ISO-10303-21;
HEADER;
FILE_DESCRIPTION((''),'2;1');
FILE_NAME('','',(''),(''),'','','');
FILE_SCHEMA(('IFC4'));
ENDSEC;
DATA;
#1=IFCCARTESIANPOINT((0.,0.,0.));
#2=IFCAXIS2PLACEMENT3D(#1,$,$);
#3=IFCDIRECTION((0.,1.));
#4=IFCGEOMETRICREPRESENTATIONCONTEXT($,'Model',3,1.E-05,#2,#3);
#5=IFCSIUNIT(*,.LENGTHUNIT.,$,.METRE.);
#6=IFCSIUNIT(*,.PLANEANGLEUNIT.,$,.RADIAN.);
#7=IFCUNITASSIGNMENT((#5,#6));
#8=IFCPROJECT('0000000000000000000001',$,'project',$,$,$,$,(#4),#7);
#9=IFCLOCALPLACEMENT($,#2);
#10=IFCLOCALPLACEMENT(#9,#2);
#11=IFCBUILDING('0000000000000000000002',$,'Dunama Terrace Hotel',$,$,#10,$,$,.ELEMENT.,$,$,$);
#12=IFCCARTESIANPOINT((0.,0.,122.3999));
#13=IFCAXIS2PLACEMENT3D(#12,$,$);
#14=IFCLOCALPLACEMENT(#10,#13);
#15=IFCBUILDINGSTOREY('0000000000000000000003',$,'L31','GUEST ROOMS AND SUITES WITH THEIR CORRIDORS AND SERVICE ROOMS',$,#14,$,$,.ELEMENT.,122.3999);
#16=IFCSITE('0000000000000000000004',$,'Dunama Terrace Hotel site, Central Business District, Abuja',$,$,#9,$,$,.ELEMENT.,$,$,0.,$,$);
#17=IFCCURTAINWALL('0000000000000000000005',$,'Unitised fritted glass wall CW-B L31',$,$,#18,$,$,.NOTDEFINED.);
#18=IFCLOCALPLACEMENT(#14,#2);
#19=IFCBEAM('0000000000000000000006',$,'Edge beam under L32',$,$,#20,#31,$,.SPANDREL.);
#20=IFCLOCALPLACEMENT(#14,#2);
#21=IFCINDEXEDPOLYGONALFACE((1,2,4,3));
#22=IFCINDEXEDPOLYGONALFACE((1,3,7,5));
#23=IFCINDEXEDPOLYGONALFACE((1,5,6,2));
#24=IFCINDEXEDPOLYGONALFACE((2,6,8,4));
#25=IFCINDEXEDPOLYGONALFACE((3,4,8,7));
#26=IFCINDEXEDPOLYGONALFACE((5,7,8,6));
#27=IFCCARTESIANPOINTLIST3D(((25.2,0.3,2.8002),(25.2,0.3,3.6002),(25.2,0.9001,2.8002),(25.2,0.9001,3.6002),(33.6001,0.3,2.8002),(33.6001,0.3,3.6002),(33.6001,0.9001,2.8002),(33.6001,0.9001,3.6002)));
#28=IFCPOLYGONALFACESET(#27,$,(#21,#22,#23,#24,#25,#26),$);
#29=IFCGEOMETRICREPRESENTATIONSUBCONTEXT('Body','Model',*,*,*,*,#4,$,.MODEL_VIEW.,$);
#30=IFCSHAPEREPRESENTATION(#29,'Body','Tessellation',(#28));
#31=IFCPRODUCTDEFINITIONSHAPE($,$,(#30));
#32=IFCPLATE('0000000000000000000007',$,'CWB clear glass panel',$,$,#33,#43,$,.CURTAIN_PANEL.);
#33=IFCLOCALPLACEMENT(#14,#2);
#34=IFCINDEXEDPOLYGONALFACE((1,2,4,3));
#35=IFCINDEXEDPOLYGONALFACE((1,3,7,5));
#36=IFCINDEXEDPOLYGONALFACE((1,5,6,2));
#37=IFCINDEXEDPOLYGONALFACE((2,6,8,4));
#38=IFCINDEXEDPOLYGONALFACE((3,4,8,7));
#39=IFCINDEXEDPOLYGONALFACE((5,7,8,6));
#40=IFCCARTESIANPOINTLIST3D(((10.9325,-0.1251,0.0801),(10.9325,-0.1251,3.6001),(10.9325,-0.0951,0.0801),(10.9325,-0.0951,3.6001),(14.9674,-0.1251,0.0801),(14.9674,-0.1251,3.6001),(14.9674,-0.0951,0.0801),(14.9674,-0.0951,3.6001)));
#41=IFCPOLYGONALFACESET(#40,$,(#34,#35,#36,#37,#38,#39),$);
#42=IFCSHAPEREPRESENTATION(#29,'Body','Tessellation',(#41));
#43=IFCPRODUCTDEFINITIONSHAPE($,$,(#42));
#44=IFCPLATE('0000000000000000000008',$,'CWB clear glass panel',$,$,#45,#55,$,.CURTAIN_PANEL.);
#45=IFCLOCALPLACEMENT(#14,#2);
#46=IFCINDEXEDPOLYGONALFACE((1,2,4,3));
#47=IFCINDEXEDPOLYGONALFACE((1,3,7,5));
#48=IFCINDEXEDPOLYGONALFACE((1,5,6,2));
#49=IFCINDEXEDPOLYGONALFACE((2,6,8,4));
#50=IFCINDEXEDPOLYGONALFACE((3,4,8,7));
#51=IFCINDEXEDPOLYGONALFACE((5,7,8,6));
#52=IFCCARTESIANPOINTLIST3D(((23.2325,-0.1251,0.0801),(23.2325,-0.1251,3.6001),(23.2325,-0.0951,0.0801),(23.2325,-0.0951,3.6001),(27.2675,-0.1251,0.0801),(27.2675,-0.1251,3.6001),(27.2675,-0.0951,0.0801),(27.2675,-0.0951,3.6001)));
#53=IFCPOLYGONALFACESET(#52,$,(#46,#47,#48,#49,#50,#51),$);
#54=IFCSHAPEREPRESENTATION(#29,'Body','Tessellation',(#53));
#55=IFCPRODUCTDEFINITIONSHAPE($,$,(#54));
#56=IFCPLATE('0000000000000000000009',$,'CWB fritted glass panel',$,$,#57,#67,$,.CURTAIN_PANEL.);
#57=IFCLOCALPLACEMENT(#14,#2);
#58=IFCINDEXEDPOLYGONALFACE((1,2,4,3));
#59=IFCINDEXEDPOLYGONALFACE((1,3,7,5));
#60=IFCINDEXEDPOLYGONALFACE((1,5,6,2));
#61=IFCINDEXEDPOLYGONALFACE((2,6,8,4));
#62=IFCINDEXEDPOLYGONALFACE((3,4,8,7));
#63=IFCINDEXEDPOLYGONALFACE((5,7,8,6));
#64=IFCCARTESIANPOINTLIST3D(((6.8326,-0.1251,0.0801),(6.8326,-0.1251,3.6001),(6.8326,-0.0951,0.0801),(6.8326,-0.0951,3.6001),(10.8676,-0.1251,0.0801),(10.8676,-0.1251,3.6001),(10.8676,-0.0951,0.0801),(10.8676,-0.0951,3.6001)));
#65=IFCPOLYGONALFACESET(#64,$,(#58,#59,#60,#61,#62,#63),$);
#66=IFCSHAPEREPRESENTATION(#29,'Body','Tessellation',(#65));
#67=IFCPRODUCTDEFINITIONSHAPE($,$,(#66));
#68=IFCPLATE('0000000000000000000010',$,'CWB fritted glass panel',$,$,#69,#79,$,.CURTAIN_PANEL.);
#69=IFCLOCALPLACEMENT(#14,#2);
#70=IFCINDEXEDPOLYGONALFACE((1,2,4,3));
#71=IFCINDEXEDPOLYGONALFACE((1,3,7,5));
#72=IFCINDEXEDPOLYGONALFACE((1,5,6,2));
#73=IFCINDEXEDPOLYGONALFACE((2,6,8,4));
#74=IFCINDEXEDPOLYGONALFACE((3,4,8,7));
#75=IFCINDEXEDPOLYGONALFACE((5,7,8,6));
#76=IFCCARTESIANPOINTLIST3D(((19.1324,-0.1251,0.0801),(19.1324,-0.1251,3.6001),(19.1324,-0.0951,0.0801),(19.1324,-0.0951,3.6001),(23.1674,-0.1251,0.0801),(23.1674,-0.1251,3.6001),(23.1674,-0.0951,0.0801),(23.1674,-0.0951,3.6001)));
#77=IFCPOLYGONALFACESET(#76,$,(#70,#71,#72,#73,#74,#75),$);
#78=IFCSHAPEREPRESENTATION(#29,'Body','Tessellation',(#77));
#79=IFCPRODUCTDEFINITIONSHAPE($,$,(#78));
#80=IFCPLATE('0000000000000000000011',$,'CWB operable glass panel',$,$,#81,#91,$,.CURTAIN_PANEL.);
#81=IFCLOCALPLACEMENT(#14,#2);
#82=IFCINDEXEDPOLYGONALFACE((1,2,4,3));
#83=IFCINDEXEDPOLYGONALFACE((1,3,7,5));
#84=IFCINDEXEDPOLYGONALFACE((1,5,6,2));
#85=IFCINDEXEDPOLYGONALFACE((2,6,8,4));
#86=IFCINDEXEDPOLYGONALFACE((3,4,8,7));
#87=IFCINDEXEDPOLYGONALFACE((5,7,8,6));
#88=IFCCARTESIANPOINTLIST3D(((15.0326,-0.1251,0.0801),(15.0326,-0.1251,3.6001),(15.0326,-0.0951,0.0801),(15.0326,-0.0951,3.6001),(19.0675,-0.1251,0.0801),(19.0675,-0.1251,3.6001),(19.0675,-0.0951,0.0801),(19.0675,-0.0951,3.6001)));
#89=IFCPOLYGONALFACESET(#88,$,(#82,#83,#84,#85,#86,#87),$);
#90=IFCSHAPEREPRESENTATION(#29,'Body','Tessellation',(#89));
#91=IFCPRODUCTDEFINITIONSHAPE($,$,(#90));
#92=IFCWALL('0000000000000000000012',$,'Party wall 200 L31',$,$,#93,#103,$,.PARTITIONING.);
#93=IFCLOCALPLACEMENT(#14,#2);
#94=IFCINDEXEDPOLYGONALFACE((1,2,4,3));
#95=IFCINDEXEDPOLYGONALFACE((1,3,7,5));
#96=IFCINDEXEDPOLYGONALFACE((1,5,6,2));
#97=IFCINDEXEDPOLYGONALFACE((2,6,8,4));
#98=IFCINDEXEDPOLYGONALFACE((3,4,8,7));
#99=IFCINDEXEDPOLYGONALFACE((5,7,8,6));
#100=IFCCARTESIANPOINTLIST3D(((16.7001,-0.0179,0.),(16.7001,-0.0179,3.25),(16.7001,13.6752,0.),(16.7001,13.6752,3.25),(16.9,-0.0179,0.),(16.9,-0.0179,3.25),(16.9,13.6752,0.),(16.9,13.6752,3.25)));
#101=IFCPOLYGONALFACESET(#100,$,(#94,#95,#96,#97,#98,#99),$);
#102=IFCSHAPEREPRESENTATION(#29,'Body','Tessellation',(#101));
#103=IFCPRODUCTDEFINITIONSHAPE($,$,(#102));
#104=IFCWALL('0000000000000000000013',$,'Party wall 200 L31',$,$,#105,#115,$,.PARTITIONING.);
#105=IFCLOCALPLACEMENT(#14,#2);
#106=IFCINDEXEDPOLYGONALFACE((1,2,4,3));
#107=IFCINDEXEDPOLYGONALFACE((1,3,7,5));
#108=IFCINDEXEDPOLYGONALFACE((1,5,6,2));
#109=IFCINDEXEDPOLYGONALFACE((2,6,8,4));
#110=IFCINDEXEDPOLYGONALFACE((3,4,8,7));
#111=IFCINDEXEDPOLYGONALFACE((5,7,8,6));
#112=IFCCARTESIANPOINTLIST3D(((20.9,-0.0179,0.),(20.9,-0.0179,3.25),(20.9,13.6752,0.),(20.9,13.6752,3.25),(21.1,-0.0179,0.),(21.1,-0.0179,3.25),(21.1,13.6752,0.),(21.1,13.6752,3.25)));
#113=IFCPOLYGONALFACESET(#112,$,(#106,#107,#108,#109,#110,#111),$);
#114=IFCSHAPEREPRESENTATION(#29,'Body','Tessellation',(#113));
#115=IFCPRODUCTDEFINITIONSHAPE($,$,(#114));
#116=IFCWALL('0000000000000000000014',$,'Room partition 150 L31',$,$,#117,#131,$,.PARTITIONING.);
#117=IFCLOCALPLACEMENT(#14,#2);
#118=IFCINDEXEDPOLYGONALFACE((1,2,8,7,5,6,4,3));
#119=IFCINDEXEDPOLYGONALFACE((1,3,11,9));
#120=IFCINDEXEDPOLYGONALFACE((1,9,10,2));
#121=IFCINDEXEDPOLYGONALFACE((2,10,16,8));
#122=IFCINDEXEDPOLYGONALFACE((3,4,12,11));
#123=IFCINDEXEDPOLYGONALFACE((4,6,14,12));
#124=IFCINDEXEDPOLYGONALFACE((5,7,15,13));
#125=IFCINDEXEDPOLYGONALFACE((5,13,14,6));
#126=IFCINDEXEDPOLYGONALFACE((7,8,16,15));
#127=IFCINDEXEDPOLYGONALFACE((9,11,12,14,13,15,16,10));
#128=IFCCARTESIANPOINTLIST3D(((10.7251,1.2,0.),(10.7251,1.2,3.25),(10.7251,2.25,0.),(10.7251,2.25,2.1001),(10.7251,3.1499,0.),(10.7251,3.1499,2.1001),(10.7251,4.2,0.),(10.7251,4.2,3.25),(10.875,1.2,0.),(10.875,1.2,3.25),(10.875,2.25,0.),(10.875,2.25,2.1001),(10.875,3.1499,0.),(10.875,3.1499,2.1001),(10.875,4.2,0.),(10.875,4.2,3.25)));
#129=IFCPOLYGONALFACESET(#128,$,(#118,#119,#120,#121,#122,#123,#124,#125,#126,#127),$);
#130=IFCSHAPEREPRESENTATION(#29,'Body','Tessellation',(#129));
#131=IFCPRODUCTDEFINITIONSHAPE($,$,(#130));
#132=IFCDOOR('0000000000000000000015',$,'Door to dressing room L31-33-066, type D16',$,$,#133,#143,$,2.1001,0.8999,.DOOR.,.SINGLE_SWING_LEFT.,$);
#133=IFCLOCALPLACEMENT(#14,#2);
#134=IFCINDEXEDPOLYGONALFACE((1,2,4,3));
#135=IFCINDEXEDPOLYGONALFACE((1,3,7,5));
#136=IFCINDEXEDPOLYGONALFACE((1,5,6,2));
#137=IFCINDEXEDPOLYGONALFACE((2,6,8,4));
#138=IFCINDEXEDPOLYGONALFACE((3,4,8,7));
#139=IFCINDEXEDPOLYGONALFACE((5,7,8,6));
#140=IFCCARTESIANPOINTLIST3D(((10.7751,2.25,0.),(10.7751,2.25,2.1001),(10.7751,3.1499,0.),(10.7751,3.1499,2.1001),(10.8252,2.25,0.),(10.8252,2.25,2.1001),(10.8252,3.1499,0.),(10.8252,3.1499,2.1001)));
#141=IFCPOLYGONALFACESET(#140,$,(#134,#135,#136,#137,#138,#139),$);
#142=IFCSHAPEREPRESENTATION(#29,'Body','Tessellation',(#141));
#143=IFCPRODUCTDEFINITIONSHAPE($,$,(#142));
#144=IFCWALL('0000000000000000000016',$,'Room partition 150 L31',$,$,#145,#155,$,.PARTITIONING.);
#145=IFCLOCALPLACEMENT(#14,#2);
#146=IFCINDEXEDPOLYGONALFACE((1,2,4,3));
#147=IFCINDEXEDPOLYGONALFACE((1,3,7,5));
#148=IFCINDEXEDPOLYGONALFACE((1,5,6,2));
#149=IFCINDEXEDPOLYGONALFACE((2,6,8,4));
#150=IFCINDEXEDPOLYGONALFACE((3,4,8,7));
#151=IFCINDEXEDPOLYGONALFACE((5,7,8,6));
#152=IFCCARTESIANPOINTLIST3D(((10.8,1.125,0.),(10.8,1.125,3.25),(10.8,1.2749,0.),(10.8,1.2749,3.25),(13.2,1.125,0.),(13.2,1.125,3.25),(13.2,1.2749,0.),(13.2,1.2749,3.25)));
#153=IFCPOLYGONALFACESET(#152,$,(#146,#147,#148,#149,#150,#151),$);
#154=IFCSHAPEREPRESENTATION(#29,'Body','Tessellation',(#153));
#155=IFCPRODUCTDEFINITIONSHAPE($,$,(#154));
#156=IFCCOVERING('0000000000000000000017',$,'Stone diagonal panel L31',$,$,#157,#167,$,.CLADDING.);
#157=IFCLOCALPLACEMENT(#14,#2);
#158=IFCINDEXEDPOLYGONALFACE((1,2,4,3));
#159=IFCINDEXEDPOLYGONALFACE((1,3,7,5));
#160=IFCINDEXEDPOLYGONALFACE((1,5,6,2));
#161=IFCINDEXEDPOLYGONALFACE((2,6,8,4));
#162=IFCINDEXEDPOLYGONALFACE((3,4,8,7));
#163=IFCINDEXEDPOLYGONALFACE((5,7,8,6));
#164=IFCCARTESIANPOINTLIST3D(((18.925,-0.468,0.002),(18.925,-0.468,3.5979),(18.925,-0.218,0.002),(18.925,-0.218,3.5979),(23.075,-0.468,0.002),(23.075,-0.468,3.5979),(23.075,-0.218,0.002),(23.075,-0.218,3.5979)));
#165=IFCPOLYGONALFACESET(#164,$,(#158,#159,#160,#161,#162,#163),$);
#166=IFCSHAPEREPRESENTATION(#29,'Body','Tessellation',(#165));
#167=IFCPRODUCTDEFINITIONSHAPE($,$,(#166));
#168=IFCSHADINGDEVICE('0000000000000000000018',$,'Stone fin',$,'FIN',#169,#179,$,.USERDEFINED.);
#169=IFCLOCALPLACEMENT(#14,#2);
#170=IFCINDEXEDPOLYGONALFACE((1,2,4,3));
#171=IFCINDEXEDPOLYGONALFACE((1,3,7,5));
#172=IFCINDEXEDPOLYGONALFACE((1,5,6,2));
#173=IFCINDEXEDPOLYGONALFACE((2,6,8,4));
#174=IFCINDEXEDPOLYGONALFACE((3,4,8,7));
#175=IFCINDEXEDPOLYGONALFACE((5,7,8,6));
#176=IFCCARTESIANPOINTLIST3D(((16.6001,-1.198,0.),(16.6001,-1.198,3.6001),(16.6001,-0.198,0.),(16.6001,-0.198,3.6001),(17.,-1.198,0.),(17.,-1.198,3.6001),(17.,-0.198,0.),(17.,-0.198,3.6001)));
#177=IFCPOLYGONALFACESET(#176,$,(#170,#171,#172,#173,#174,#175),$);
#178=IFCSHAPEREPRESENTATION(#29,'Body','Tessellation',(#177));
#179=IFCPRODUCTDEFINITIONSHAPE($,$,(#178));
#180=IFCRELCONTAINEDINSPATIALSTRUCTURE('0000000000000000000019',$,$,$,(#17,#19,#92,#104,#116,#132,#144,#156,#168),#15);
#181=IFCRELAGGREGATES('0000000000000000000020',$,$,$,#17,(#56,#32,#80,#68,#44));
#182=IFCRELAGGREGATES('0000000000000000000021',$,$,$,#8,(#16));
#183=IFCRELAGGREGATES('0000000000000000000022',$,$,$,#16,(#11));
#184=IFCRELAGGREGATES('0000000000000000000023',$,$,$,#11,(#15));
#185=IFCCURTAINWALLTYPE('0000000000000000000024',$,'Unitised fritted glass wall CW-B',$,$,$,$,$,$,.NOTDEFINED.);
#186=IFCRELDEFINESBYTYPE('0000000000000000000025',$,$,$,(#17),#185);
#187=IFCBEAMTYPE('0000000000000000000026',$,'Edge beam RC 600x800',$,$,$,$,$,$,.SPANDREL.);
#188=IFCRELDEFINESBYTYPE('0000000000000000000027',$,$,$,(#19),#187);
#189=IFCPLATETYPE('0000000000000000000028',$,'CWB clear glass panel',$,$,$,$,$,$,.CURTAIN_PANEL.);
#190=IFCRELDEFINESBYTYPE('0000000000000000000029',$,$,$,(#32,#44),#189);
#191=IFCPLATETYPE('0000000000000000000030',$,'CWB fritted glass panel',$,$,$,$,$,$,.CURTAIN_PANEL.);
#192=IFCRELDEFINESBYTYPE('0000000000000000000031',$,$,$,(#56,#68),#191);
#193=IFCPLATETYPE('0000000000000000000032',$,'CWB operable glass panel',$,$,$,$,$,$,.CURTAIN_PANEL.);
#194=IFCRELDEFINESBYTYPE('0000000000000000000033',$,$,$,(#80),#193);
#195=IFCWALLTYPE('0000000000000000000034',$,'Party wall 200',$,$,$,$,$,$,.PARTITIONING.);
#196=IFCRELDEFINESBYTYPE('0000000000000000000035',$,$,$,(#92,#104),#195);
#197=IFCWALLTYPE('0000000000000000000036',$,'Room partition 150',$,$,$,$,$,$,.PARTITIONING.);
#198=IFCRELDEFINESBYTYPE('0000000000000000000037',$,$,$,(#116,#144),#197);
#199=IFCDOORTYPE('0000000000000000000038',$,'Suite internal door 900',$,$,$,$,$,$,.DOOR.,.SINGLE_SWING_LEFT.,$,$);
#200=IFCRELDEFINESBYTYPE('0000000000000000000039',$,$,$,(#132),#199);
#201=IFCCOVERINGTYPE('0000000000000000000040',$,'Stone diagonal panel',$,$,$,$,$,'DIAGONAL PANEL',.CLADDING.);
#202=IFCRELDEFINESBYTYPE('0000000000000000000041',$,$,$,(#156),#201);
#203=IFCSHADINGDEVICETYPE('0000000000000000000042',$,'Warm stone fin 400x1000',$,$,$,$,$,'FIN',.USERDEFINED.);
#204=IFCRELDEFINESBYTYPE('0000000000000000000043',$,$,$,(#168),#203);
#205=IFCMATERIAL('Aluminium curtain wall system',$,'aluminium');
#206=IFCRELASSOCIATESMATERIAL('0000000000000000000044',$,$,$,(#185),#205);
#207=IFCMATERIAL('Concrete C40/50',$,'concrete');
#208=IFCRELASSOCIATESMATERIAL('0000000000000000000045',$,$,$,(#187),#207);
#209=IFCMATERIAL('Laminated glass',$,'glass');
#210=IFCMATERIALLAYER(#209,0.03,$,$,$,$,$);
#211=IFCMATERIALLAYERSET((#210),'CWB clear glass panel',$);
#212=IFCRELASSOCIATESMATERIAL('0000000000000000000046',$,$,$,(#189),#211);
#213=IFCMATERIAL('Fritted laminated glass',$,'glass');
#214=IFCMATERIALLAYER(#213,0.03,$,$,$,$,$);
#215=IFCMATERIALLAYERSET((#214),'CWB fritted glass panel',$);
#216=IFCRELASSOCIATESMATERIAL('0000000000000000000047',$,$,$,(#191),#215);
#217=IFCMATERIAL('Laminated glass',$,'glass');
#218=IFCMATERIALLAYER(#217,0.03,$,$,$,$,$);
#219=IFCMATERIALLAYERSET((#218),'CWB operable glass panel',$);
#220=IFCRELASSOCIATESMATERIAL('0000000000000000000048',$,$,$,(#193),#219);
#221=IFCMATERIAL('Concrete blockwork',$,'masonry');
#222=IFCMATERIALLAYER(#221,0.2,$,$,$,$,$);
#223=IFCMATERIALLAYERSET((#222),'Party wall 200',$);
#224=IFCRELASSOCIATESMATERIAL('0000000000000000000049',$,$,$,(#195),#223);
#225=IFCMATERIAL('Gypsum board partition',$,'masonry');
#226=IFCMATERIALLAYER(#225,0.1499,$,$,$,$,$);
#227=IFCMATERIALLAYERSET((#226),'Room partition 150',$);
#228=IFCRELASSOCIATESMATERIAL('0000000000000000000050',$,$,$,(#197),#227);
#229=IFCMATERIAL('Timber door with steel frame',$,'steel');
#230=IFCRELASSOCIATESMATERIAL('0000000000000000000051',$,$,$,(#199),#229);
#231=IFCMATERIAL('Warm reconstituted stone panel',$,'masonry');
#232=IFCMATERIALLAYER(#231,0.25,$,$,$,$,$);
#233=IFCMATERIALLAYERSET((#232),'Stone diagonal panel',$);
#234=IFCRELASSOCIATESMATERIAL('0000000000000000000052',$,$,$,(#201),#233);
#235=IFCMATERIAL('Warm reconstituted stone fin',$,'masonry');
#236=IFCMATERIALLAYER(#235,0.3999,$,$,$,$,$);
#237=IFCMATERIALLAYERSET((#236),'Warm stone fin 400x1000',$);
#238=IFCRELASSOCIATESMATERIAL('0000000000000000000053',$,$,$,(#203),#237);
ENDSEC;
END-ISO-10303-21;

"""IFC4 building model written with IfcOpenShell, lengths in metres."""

from ifc_helpers import new_model, si_unit, direction, frame, frame_2d, origin, origin_2d, place, context, subcontext, project, spatial, rectangle, extrude, material, layer, layer_set, material_profile, profile_set, type_object, element, fill, aggregate, save


model = new_model("IFC4")

# Units and contexts
model_context = context("Model", 3, precision=1e-05, world=origin(), true_north=direction((0.0, 1.0)))
body_context = subcontext(model_context, "Body", "Model", "MODEL_VIEW")
ifc_project = project(units=[si_unit("LENGTHUNIT", "METRE"), si_unit("PLANEANGLEUNIT", "RADIAN")], contexts=[model_context])

# Site, building, storey
site_placement = place(None, origin())
site = spatial("IfcSite", under=ifc_project, at=site_placement, Name="Dunama Terrace Hotel site, Central Business District, Abuja", CompositionType="ELEMENT", RefElevation=0.0)
building_placement = place(site_placement, origin())
building = spatial("IfcBuilding", under=site, at=building_placement, Name="Dunama Terrace Hotel", CompositionType="ELEMENT")
storey_placement = place(building_placement, frame((0.0, 0.0, 122.3999)))
storey = spatial("IfcBuildingStorey", under=building, at=storey_placement, Name="L31", Description="GUEST ROOMS AND SUITES WITH THEIR CORRIDORS AND SERVICE ROOMS", CompositionType="ELEMENT", Elevation=122.3999)

# Curtain wall
ifc_material_1 = material(Name="Aluminium curtain wall system", Category="aluminium")
curtain_wall_type = type_object("IfcCurtainWallType", Name="Unitised fritted glass wall CW-B", PredefinedType="NOTDEFINED", material=ifc_material_1)
curtain_wall_placement = place(storey_placement, origin())
curtain_wall = element("IfcCurtainWall", 1, at=curtain_wall_placement, inside=storey, type_object=curtain_wall_type, Name="Unitised fritted glass wall CW-B L31", PredefinedType="NOTDEFINED")

# Beam
ifc_material_2 = material(Name="Concrete C40/50", Category="concrete")
ifc_material_profile_1 = material_profile(ifc_material_2, rectangle(XDim=0.6001, YDim=0.8, at=origin_2d()), Name="RC 600x800")
ifc_profile_set_1 = profile_set([ifc_material_profile_1], Name="Concrete C40/50")
beam_type_1 = type_object("IfcBeamType", Name="Edge beam RC 600x800", PredefinedType="SPANDREL", material=ifc_profile_set_1)
beam_1_placement = place(storey_placement, frame((25.2, 0.6001, 3.2002), z_axis=(1.0, 0.0, 0.0), x_axis=(0.0, 1.0, 0.0)))
element("IfcBeam", 2, at=beam_1_placement, inside=storey, type_object=beam_type_1, Name="Edge beam under L32", PredefinedType="SPANDREL", context=body_context, shape_type="SweptSolid", body=[
    extrude(rectangle(XDim=0.6001, YDim=0.8, at=origin_2d()), origin(), (0.0, 0.0, 1.0), 8.4001),
])

# Plates
ifc_material_3 = material(Name="Laminated glass", Category="glass")
ifc_layer_1 = layer(ifc_material_3, 0.03)
ifc_layer_set_1 = layer_set([ifc_layer_1], Name="CWB clear glass panel")
plate_type_1 = type_object("IfcPlateType", Name="CWB clear glass panel", PredefinedType="CURTAIN_PANEL", material=ifc_layer_set_1)
plate_1_placement = place(storey_placement, frame((12.95, -0.1101, 0.0801), z_axis=(0.0, 0.0, 1.0), x_axis=(1.0, 0.0, 0.0)))
plate_1 = element("IfcPlate", 3, at=plate_1_placement, type_object=plate_type_1, Name="CWB clear glass panel", PredefinedType="CURTAIN_PANEL", context=body_context, shape_type="SweptSolid", body=[
    extrude(rectangle(XDim=4.0349, YDim=0.03, at=origin_2d()), origin(), (0.0, 0.0, 1.0), 3.52),
])
plate_2_placement = place(storey_placement, frame((25.25, -0.1101, 0.0801), z_axis=(0.0, 0.0, 1.0), x_axis=(1.0, 0.0, 0.0)))
plate_2 = element("IfcPlate", 4, at=plate_2_placement, type_object=plate_type_1, Name="CWB clear glass panel", PredefinedType="CURTAIN_PANEL", context=body_context, shape_type="SweptSolid", body=[
    extrude(rectangle(XDim=4.0349, YDim=0.03, at=origin_2d()), origin(), (0.0, 0.0, 1.0), 3.52),
])
ifc_material_4 = material(Name="Fritted laminated glass", Category="glass")
ifc_layer_2 = layer(ifc_material_4, 0.03)
ifc_layer_set_2 = layer_set([ifc_layer_2], Name="CWB fritted glass panel")
plate_type_2 = type_object("IfcPlateType", Name="CWB fritted glass panel", PredefinedType="CURTAIN_PANEL", material=ifc_layer_set_2)
plate_3_placement = place(storey_placement, frame((8.8501, -0.1101, 0.0801), z_axis=(0.0, 0.0, 1.0), x_axis=(1.0, 0.0, 0.0)))
plate_3 = element("IfcPlate", 5, at=plate_3_placement, type_object=plate_type_2, Name="CWB fritted glass panel", PredefinedType="CURTAIN_PANEL", context=body_context, shape_type="SweptSolid", body=[
    extrude(rectangle(XDim=4.0349, YDim=0.03, at=origin_2d()), origin(), (0.0, 0.0, 1.0), 3.52),
])
plate_4_placement = place(storey_placement, frame((21.1499, -0.1101, 0.0801), z_axis=(0.0, 0.0, 1.0), x_axis=(1.0, 0.0, 0.0)))
plate_4 = element("IfcPlate", 6, at=plate_4_placement, type_object=plate_type_2, Name="CWB fritted glass panel", PredefinedType="CURTAIN_PANEL", context=body_context, shape_type="SweptSolid", body=[
    extrude(rectangle(XDim=4.0349, YDim=0.03, at=origin_2d()), origin(), (0.0, 0.0, 1.0), 3.52),
])
ifc_material_5 = material(Name="Laminated glass", Category="glass")
ifc_layer_3 = layer(ifc_material_5, 0.03)
ifc_layer_set_3 = layer_set([ifc_layer_3], Name="CWB operable glass panel")
plate_type_3 = type_object("IfcPlateType", Name="CWB operable glass panel", PredefinedType="CURTAIN_PANEL", material=ifc_layer_set_3)
plate_5_placement = place(storey_placement, frame((17.05, -0.1101, 0.0801), z_axis=(0.0, 0.0, 1.0), x_axis=(1.0, 0.0, 0.0)))
plate_5 = element("IfcPlate", 7, at=plate_5_placement, type_object=plate_type_3, Name="CWB operable glass panel", PredefinedType="CURTAIN_PANEL", context=body_context, shape_type="SweptSolid", body=[
    extrude(rectangle(XDim=4.0349, YDim=0.03, at=origin_2d()), origin(), (0.0, 0.0, 1.0), 3.52),
])
aggregate(curtain_wall, [plate_3, plate_1, plate_5, plate_4, plate_2])

# Walls
ifc_material_6 = material(Name="Concrete blockwork", Category="masonry")
ifc_layer_4 = layer(ifc_material_6, 0.2)
ifc_layer_set_4 = layer_set([ifc_layer_4], Name="Party wall 200")
wall_type_1 = type_object("IfcWallType", Name="Party wall 200", PredefinedType="PARTITIONING", material=ifc_layer_set_4)
for number, where, z_axis, x_axis, name in (
    (8, (16.8, -0.0181, 0.0), (0.0, 0.0, 1.0), (0.0, 1.0, 0.0), "Party wall 200 L31"),
    (9, (21.0, -0.0181, 0.0), (0.0, 0.0, 1.0), (0.0, 1.0, 0.0), "Party wall 200 L31"),
):
    element("IfcWall", number, at=place(storey_placement, frame(where, z_axis=z_axis, x_axis=x_axis)), inside=storey, type_object=wall_type_1, Name=name, PredefinedType="PARTITIONING", context=body_context, shape_type="SweptSolid", body=[
        extrude(rectangle(XDim=13.6931, YDim=0.2, at=frame_2d((6.8467, 0.0))), origin(), (0.0, 0.0, 1.0), 3.25),
    ])

# Wall, opening, door
ifc_material_7 = material(Name="Gypsum board partition", Category="masonry")
ifc_layer_5 = layer(ifc_material_7, 0.1499)
ifc_layer_set_5 = layer_set([ifc_layer_5], Name="Room partition 150")
wall_type_2 = type_object("IfcWallType", Name="Room partition 150", PredefinedType="PARTITIONING", material=ifc_layer_set_5)
wall_1_placement = place(storey_placement, frame((10.8, 1.2, 0.0), z_axis=(0.0, 0.0, 1.0), x_axis=(0.0, 1.0, 0.0)))
wall_1 = element("IfcWall", 10, at=wall_1_placement, inside=storey, type_object=wall_type_2, Name="Room partition 150 L31", PredefinedType="PARTITIONING", context=body_context, shape_type="SweptSolid", body=[
    extrude(rectangle(XDim=3.0, YDim=0.1499, at=frame_2d((1.5, 0.0))), origin(), (0.0, 0.0, 1.0), 3.25),
])
opening_placement = place(wall_1_placement, frame((1.05, 0.0, 0.0)))
opening = element("IfcOpeningElement", 11, at=opening_placement, cuts=wall_1, PredefinedType="OPENING", context=body_context, shape_type="SweptSolid", body=[
    extrude(rectangle(XDim=0.8999, YDim=2.1001, at=frame_2d((0.45, 1.05))), frame((0.0, 0.085, 0.0), z_axis=(0.0, -1.0, 0.0), x_axis=(1.0, 0.0, 0.0)), (0.0, 0.0, 1.0), 0.1699),
])
ifc_material_8 = material(Name="Timber door with steel frame", Category="steel")
door_type = type_object("IfcDoorType", Name="Suite internal door 900", OperationType="SINGLE_SWING_LEFT", PredefinedType="DOOR", material=ifc_material_8)
door_placement = place(opening_placement, frame((0.8999, 0.0, 0.0), z_axis=(0.0, 0.0, 1.0), x_axis=(-1.0, 0.0, 0.0)))
door = element("IfcDoor", 12, at=door_placement, inside=storey, type_object=door_type, Name="Door to dressing room L31-33-066, type D16", OperationType="SINGLE_SWING_LEFT", OverallHeight=2.1001, OverallWidth=0.8999, PredefinedType="DOOR", context=body_context, shape_type="SweptSolid", body=[
    extrude(rectangle(XDim=0.8999, YDim=2.1001, at=frame_2d((0.45, 1.05))), frame((0.0, 0.0251, 0.0), z_axis=(0.0, -1.0, 0.0), x_axis=(1.0, 0.0, 0.0)), (0.0, 0.0, 1.0), 0.05),
])
fill(opening, door)

# Wall
wall_2_placement = place(storey_placement, frame((10.8, 1.2, 0.0), z_axis=(0.0, 0.0, 1.0), x_axis=(1.0, 0.0, 0.0)))
element("IfcWall", 13, at=wall_2_placement, inside=storey, type_object=wall_type_2, Name="Room partition 150 L31", PredefinedType="PARTITIONING", context=body_context, shape_type="SweptSolid", body=[
    extrude(rectangle(XDim=2.3999, YDim=0.1499, at=frame_2d((1.2, 0.0))), origin(), (0.0, 0.0, 1.0), 3.25),
])

# Covering
ifc_material_9 = material(Name="Warm reconstituted stone panel", Category="masonry")
ifc_layer_6 = layer(ifc_material_9, 0.25)
ifc_layer_set_6 = layer_set([ifc_layer_6], Name="Stone diagonal panel")
covering_type = type_object("IfcCoveringType", Name="Stone diagonal panel", ElementType="DIAGONAL PANEL", PredefinedType="CLADDING", material=ifc_layer_set_6)
covering_placement = place(storey_placement, frame((21.0, -0.343, 0.002), z_axis=(0.0, 0.0, 1.0), x_axis=(1.0, 0.0, 0.0)))
element("IfcCovering", 14, at=covering_placement, inside=storey, type_object=covering_type, Name="Stone diagonal panel L31", PredefinedType="CLADDING", context=body_context, shape_type="SweptSolid", body=[
    extrude(rectangle(XDim=4.1499, YDim=0.25, at=origin_2d()), origin(), (0.0, 0.0, 1.0), 3.5959),
])

# Shading device
ifc_material_10 = material(Name="Warm reconstituted stone fin", Category="masonry")
ifc_layer_7 = layer(ifc_material_10, 0.3999)
ifc_layer_set_7 = layer_set([ifc_layer_7], Name="Warm stone fin 400x1000")
shading_device_type = type_object("IfcShadingDeviceType", Name="Warm stone fin 400x1000", ElementType="FIN", PredefinedType="USERDEFINED", material=ifc_layer_set_7)
shading_device_placement = place(storey_placement, frame((16.8, -0.698, 0.0), z_axis=(0.0, 0.0, 1.0), x_axis=(1.0, 0.0, 0.0)))
element("IfcShadingDevice", 15, at=shading_device_placement, inside=storey, type_object=shading_device_type, Name="Stone fin", ObjectType="FIN", PredefinedType="USERDEFINED", context=body_context, shape_type="SweptSolid", body=[
    extrude(rectangle(XDim=0.3999, YDim=1.0, at=origin_2d()), origin(), (0.0, 0.0, 1.0), 3.6001),
])

save(model, "model.ifc")
